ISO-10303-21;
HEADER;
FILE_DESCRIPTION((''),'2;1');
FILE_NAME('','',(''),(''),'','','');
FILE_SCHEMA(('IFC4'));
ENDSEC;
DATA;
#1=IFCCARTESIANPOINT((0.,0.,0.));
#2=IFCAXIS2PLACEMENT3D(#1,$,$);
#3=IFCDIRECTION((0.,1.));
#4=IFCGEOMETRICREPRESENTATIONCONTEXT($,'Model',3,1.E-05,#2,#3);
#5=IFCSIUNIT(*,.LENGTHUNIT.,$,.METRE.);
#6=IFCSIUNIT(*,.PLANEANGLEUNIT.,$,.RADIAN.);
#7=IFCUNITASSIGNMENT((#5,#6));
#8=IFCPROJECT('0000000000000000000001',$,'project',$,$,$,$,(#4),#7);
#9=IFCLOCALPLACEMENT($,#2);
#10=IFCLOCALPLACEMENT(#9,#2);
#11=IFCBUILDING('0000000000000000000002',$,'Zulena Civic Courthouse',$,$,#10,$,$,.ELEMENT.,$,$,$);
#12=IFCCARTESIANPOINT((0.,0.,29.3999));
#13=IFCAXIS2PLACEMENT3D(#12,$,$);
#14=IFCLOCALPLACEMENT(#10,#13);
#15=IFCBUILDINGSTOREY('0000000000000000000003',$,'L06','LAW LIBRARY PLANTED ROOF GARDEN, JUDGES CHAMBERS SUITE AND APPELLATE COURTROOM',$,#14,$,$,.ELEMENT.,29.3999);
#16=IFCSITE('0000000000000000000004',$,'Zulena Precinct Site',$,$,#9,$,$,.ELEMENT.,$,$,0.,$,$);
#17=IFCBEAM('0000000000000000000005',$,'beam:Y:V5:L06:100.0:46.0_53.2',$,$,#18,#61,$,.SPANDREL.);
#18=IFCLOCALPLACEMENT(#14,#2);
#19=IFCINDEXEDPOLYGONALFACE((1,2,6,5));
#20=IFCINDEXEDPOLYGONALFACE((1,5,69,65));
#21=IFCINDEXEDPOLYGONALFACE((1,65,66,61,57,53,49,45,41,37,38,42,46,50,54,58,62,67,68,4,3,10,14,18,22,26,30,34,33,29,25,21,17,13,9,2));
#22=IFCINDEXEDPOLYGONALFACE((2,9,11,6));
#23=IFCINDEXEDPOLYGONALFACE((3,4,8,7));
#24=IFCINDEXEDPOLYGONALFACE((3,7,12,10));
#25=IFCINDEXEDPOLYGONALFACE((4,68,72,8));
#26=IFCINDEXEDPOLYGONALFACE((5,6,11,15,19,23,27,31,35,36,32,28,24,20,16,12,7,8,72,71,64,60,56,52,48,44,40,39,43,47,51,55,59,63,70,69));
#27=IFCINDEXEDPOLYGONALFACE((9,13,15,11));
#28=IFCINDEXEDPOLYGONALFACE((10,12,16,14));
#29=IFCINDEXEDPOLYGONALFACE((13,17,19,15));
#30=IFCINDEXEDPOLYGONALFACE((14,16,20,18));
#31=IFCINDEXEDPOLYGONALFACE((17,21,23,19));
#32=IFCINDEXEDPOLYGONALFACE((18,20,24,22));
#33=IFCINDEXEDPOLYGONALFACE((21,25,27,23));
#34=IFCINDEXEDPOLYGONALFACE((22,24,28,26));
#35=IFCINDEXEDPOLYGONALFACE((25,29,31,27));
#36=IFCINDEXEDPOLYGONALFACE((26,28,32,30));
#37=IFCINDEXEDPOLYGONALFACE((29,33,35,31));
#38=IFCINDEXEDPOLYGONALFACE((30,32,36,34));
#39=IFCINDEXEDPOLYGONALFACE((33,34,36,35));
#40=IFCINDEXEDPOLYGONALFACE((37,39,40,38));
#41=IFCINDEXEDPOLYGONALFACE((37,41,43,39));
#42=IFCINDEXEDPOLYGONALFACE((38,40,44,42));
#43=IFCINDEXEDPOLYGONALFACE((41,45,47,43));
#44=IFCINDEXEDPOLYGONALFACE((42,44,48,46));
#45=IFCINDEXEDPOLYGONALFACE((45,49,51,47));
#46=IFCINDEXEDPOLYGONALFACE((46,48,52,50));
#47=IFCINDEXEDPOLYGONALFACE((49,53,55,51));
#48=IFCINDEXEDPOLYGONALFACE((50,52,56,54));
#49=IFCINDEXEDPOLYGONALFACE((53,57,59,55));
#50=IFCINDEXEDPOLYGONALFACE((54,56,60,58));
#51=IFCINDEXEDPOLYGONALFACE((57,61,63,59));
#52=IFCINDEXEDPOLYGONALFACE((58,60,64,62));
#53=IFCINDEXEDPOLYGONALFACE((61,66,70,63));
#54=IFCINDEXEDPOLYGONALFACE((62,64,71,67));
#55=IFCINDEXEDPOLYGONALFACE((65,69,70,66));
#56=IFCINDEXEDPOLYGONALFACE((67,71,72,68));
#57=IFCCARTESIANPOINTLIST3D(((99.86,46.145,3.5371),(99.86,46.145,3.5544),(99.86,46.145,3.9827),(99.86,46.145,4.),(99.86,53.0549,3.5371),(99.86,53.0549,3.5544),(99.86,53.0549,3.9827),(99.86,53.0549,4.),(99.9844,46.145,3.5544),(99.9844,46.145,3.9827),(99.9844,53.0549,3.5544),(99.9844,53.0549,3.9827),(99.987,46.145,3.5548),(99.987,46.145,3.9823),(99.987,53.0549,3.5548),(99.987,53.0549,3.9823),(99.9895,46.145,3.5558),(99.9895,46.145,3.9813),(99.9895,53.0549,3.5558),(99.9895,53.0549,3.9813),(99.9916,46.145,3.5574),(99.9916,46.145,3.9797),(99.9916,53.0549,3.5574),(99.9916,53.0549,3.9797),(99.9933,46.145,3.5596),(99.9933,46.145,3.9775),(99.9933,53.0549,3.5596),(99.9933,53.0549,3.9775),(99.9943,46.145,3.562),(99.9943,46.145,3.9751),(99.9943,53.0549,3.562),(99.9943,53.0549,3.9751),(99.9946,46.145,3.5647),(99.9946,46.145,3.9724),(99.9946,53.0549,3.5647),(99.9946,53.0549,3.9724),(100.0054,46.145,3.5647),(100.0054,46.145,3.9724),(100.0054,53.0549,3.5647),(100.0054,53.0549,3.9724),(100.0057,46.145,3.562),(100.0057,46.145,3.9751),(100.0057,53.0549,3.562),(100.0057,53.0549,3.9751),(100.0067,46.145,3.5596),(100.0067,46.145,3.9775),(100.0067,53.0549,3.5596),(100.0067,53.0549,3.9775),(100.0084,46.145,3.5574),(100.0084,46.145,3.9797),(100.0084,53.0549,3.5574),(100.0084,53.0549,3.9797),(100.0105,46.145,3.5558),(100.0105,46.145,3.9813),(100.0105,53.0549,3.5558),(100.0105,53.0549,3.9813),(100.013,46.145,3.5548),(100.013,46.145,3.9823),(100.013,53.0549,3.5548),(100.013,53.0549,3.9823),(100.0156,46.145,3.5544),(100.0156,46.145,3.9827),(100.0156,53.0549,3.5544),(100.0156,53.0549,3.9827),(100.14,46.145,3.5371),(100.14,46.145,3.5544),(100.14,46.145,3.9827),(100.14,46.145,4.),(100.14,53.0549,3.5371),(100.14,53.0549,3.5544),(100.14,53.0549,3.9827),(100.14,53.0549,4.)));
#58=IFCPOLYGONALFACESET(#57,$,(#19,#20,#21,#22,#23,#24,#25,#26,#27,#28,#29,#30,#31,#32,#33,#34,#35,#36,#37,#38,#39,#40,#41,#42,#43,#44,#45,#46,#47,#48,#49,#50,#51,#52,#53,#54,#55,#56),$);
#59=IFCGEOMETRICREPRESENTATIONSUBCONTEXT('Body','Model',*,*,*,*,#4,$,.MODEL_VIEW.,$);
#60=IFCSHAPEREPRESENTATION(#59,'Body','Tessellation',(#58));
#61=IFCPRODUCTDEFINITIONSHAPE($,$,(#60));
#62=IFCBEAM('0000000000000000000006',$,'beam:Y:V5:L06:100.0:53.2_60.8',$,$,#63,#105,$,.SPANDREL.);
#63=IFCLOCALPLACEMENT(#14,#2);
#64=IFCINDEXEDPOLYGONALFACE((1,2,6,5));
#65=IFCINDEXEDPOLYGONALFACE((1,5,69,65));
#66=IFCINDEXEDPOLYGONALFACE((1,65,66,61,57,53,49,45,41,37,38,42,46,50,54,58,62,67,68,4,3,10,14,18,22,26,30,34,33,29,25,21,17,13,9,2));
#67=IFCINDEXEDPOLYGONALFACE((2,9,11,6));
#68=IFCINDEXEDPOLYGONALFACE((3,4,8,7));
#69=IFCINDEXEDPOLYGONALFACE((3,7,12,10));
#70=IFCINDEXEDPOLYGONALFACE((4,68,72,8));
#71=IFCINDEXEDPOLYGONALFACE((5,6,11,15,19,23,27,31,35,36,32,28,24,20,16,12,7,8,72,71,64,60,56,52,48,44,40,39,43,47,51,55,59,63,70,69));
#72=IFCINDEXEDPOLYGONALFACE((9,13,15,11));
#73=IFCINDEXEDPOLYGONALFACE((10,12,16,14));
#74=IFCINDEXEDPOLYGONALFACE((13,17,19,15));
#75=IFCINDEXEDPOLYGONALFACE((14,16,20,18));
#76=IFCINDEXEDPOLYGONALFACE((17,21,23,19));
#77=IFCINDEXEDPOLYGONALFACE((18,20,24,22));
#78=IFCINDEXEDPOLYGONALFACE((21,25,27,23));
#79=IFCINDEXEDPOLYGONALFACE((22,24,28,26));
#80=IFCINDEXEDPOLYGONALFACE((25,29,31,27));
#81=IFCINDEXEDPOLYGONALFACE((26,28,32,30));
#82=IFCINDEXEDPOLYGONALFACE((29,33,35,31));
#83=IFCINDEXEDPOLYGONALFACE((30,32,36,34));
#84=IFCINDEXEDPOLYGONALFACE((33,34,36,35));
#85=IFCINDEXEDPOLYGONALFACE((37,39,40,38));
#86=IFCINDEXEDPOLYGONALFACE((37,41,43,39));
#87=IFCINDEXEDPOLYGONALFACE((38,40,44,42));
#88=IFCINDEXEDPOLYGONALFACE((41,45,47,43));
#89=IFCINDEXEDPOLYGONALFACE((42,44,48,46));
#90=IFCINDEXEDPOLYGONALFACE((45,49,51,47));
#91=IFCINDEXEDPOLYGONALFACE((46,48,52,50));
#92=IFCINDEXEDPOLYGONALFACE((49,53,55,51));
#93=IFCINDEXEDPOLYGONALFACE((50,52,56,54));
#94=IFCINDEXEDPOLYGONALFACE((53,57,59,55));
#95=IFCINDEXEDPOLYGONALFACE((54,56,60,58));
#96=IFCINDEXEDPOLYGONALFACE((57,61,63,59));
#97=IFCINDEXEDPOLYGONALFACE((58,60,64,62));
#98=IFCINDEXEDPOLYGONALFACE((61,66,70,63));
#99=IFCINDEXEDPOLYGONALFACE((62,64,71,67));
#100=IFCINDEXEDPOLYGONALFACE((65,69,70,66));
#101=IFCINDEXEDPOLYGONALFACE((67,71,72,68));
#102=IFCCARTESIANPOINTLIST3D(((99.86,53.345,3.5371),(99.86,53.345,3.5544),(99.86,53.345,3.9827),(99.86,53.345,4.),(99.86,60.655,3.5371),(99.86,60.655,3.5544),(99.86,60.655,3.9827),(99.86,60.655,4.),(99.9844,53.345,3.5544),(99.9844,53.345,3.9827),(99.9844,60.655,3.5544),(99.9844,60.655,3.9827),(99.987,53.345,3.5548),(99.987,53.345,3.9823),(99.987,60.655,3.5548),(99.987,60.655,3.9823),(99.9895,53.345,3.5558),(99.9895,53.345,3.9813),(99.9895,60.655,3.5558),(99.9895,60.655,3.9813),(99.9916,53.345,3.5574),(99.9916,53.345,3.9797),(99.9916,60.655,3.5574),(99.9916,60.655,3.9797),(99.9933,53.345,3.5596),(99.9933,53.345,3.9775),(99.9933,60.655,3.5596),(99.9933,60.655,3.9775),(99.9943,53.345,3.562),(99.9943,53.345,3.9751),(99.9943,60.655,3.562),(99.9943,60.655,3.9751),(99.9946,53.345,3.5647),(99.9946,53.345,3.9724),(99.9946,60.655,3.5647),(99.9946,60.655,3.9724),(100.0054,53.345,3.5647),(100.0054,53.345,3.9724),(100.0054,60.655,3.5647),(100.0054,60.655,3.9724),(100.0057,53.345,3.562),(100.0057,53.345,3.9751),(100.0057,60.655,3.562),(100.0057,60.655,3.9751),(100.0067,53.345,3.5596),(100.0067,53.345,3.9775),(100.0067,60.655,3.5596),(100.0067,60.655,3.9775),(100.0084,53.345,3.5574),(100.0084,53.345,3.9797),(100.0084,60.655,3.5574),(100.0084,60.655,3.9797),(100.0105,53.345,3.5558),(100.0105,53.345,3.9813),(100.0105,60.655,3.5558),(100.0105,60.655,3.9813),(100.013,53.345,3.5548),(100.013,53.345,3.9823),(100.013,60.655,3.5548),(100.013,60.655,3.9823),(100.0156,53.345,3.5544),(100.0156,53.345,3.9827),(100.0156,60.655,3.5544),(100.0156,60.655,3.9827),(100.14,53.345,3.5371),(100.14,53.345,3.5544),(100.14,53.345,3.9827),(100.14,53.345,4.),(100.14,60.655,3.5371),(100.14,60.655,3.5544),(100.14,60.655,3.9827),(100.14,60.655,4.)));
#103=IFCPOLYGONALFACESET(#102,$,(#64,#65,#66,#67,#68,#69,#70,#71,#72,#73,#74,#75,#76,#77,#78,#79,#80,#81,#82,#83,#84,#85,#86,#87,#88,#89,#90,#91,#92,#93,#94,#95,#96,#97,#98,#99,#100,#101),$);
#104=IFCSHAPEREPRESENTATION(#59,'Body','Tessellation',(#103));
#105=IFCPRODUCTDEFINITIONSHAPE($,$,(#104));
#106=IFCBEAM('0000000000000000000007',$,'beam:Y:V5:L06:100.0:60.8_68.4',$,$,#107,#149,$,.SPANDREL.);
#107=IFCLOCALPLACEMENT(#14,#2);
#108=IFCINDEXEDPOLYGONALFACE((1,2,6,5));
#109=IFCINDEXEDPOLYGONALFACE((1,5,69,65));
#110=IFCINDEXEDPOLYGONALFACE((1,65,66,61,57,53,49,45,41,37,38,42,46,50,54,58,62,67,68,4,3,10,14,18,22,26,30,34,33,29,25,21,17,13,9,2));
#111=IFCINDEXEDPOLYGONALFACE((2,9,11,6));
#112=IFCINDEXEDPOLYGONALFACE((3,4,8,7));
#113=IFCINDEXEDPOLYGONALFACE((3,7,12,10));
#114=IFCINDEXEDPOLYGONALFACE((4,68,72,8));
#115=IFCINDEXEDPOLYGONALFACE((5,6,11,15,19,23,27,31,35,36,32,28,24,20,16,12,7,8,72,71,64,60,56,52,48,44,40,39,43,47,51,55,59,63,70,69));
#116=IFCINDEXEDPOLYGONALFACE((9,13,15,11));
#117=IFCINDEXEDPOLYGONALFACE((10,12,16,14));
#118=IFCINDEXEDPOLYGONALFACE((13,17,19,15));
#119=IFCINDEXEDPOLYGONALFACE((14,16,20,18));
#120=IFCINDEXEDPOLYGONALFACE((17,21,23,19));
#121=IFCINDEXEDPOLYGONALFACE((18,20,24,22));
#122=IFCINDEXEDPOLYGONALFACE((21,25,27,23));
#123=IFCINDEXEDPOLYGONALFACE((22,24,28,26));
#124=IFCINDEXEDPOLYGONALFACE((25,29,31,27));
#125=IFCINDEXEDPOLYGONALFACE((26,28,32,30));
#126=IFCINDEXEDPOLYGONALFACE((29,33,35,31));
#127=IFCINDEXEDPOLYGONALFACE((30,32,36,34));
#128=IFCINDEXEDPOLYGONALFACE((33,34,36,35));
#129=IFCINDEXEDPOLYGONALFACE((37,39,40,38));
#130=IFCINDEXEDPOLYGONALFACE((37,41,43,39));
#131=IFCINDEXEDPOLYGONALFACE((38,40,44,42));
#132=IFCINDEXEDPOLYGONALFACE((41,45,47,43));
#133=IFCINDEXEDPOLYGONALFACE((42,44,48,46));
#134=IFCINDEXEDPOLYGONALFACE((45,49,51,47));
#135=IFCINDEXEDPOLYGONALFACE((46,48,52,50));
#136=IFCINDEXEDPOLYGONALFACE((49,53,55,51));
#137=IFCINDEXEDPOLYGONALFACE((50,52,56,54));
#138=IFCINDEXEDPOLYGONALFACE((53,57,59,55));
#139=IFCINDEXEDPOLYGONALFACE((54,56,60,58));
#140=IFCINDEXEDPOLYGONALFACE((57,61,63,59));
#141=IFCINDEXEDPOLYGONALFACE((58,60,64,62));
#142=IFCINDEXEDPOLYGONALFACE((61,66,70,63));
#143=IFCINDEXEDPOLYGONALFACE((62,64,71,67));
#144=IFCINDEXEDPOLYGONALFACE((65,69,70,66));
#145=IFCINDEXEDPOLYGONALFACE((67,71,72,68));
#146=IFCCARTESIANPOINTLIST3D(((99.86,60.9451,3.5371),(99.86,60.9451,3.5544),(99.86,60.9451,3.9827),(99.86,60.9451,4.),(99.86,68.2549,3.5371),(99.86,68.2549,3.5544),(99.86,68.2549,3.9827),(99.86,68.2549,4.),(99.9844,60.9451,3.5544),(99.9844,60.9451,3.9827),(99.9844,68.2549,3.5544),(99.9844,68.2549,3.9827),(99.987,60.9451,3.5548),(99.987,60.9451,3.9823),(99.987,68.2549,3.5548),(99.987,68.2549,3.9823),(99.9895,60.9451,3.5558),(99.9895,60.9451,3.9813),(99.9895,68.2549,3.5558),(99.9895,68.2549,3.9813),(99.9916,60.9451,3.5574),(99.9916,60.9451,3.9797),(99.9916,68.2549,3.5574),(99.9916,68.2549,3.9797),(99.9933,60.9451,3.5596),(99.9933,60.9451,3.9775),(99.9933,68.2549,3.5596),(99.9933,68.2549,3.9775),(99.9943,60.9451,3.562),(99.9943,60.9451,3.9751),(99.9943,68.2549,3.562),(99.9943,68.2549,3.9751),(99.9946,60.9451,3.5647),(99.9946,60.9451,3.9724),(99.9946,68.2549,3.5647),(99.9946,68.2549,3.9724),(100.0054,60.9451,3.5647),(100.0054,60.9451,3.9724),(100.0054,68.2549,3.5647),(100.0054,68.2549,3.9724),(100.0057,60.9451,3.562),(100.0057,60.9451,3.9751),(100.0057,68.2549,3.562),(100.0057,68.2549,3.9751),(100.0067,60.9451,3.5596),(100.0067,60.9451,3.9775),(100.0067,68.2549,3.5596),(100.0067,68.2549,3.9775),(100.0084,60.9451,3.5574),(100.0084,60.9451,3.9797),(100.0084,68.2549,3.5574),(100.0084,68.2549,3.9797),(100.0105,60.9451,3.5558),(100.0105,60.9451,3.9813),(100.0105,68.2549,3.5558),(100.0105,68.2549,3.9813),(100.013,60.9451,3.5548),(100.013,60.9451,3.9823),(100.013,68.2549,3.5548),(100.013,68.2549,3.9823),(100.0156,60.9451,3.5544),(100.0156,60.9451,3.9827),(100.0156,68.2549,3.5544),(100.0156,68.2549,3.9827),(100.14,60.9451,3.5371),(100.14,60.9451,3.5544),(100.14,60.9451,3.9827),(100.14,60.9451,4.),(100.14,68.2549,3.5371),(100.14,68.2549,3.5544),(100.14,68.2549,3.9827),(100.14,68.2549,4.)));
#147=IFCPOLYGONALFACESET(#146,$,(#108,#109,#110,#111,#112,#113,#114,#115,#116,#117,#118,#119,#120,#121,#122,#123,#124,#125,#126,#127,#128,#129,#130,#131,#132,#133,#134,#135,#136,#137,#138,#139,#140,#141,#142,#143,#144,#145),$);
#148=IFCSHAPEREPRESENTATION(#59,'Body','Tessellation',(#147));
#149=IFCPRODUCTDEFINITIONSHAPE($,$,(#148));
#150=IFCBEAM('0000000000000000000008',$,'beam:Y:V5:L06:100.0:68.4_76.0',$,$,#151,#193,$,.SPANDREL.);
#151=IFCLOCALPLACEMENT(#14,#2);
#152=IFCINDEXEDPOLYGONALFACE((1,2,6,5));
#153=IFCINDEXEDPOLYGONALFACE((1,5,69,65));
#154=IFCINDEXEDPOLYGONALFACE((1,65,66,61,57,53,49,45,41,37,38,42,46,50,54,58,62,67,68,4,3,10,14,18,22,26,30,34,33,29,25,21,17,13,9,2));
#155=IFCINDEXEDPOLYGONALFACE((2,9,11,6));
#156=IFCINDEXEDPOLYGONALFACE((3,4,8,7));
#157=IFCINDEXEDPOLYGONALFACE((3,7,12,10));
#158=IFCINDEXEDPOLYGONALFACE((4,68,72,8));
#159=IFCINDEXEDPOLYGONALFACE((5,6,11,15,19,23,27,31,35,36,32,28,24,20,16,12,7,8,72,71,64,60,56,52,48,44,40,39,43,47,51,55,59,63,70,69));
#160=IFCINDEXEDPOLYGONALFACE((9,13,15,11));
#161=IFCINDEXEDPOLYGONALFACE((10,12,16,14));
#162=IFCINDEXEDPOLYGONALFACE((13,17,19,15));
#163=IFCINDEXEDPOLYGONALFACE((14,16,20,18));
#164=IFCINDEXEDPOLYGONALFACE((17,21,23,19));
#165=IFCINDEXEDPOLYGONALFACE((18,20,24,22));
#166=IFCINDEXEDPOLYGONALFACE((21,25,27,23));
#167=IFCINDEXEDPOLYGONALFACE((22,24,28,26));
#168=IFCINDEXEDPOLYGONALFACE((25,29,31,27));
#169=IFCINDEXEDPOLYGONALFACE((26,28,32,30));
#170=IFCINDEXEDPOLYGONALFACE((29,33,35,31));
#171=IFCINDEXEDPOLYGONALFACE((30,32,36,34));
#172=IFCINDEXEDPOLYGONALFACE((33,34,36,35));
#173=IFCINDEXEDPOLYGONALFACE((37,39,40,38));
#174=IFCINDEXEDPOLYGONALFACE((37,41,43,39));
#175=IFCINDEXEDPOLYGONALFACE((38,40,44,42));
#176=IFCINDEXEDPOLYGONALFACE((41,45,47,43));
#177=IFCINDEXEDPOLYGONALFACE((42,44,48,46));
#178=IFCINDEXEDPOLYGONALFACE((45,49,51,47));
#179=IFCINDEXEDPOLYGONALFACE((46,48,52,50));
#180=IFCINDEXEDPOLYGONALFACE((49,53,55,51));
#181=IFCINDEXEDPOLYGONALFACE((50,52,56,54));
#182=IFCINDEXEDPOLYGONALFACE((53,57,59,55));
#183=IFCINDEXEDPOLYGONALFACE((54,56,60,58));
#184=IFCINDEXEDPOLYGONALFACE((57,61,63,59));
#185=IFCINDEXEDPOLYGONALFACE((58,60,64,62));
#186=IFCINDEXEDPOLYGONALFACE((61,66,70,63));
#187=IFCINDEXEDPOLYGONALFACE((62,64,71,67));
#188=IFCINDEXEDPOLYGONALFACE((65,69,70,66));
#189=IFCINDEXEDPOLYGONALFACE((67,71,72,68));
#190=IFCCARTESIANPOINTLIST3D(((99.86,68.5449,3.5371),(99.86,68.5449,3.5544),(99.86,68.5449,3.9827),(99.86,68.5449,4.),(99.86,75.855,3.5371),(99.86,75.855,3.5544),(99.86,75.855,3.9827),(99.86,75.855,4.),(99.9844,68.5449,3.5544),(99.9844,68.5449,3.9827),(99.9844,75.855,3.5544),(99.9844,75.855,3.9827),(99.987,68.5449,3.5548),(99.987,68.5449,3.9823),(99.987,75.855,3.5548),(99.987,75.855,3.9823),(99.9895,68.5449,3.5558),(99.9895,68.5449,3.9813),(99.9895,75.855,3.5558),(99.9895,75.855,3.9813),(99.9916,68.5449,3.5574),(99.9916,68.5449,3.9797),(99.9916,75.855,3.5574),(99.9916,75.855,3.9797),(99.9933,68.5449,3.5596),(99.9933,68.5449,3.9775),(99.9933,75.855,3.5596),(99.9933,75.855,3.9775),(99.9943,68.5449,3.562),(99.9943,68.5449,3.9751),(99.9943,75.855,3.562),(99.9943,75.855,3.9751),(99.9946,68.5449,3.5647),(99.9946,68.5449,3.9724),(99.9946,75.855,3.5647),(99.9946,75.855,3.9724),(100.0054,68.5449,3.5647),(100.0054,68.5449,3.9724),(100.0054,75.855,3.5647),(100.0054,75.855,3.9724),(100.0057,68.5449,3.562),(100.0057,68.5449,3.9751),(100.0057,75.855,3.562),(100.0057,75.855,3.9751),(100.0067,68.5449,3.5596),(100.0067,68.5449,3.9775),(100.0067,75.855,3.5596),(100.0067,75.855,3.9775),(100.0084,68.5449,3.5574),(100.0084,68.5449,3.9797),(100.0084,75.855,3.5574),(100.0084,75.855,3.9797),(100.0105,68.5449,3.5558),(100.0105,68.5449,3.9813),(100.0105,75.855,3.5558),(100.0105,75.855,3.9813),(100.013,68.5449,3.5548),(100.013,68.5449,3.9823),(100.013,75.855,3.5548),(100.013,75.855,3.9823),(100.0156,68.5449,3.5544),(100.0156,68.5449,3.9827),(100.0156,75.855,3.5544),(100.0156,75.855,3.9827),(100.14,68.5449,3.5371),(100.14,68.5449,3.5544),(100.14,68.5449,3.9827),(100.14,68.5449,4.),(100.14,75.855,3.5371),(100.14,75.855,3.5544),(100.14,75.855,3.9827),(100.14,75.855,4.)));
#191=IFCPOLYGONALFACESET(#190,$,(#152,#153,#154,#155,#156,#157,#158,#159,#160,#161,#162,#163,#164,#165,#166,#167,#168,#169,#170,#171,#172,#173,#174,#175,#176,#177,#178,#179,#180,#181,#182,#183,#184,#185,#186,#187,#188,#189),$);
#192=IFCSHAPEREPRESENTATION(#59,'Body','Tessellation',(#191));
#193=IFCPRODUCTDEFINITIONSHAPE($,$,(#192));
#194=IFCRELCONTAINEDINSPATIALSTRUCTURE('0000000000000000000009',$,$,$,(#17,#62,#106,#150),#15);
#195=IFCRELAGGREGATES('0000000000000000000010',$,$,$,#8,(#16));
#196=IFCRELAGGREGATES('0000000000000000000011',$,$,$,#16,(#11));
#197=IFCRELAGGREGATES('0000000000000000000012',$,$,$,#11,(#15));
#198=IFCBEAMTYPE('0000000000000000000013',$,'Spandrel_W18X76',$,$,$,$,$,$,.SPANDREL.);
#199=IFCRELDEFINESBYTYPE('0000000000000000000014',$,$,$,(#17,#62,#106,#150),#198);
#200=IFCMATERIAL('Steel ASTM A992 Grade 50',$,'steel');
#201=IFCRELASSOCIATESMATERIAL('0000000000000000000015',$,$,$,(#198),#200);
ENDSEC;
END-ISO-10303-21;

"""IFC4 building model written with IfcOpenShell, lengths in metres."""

from ifc_helpers import new_model, si_unit, direction, frame, origin, origin_2d, place, context, subcontext, project, spatial, i_section, extrude, material, material_profile, profile_set, type_object, element, save


model = new_model("IFC4")

# Units and contexts
model_context = context("Model", 3, precision=1e-05, world=origin(), true_north=direction((0.0, 1.0)))
body_context = subcontext(model_context, "Body", "Model", "MODEL_VIEW")
ifc_project = project(units=[si_unit("LENGTHUNIT", "METRE"), si_unit("PLANEANGLEUNIT", "RADIAN")], contexts=[model_context])

# Site, building, storey
site_placement = place(None, origin())
site = spatial("IfcSite", under=ifc_project, at=site_placement, Name="Zulena Precinct Site", CompositionType="ELEMENT", RefElevation=0.0)
building_placement = place(site_placement, origin())
building = spatial("IfcBuilding", under=site, at=building_placement, Name="Zulena Civic Courthouse", CompositionType="ELEMENT")
storey_placement = place(building_placement, frame((0.0, 0.0, 29.3999)))
storey = spatial("IfcBuildingStorey", under=building, at=storey_placement, Name="L06", Description="LAW LIBRARY PLANTED ROOF GARDEN, JUDGES CHAMBERS SUITE AND APPELLATE COURTROOM", CompositionType="ELEMENT", Elevation=29.3999)

# Shared definitions
ifc_material_1 = material(Name="Steel ASTM A992 Grade 50", Category="steel")

# Beams
ifc_material_profile_1 = material_profile(ifc_material_1, i_section(OverallWidth=0.28, OverallDepth=0.4629, WebThickness=0.0107, FlangeThickness=0.0173, FilletRadius=0.0103, at=origin_2d()), Name="W18X76")
ifc_profile_set_1 = profile_set([ifc_material_profile_1], Name="Steel ASTM A992 Grade 50")
beam_type_1 = type_object("IfcBeamType", Name="Spandrel_W18X76", PredefinedType="SPANDREL", material=ifc_profile_set_1)
beam_1_placement = place(storey_placement, frame((100.0, 46.145, 3.7686), z_axis=(0.0, 1.0, 0.0), x_axis=(-1.0, 0.0, 0.0)))
element("IfcBeam", 1, at=beam_1_placement, inside=storey, type_object=beam_type_1, Name="beam:Y:V5:L06:100.0:46.0_53.2", PredefinedType="SPANDREL", context=body_context, shape_type="SweptSolid", body=[
    extrude(i_section(OverallWidth=0.28, OverallDepth=0.4629, WebThickness=0.0107, FlangeThickness=0.0173, FilletRadius=0.0103, at=origin_2d()), origin(), (0.0, 0.0, 1.0), 6.9099),
])
beam_2_placement = place(storey_placement, frame((100.0, 53.345, 3.7686), z_axis=(0.0, 1.0, 0.0), x_axis=(-1.0, 0.0, 0.0)))
element("IfcBeam", 2, at=beam_2_placement, inside=storey, type_object=beam_type_1, Name="beam:Y:V5:L06:100.0:53.2_60.8", PredefinedType="SPANDREL", context=body_context, shape_type="SweptSolid", body=[
    extrude(i_section(OverallWidth=0.28, OverallDepth=0.4629, WebThickness=0.0107, FlangeThickness=0.0173, FilletRadius=0.0103, at=origin_2d()), origin(), (0.0, 0.0, 1.0), 7.3101),
])
beam_3_placement = place(storey_placement, frame((100.0, 60.9451, 3.7686), z_axis=(0.0, 1.0, 0.0), x_axis=(-1.0, 0.0, 0.0)))
element("IfcBeam", 3, at=beam_3_placement, inside=storey, type_object=beam_type_1, Name="beam:Y:V5:L06:100.0:60.8_68.4", PredefinedType="SPANDREL", context=body_context, shape_type="SweptSolid", body=[
    extrude(i_section(OverallWidth=0.28, OverallDepth=0.4629, WebThickness=0.0107, FlangeThickness=0.0173, FilletRadius=0.0103, at=origin_2d()), origin(), (0.0, 0.0, 1.0), 7.3098),
])
beam_4_placement = place(storey_placement, frame((100.0, 68.5449, 3.7686), z_axis=(0.0, 1.0, 0.0), x_axis=(-1.0, 0.0, 0.0)))
element("IfcBeam", 4, at=beam_4_placement, inside=storey, type_object=beam_type_1, Name="beam:Y:V5:L06:100.0:68.4_76.0", PredefinedType="SPANDREL", context=body_context, shape_type="SweptSolid", body=[
    extrude(i_section(OverallWidth=0.28, OverallDepth=0.4629, WebThickness=0.0107, FlangeThickness=0.0173, FilletRadius=0.0103, at=origin_2d()), origin(), (0.0, 0.0, 1.0), 7.3101),
])

save(model, "model.ifc")
